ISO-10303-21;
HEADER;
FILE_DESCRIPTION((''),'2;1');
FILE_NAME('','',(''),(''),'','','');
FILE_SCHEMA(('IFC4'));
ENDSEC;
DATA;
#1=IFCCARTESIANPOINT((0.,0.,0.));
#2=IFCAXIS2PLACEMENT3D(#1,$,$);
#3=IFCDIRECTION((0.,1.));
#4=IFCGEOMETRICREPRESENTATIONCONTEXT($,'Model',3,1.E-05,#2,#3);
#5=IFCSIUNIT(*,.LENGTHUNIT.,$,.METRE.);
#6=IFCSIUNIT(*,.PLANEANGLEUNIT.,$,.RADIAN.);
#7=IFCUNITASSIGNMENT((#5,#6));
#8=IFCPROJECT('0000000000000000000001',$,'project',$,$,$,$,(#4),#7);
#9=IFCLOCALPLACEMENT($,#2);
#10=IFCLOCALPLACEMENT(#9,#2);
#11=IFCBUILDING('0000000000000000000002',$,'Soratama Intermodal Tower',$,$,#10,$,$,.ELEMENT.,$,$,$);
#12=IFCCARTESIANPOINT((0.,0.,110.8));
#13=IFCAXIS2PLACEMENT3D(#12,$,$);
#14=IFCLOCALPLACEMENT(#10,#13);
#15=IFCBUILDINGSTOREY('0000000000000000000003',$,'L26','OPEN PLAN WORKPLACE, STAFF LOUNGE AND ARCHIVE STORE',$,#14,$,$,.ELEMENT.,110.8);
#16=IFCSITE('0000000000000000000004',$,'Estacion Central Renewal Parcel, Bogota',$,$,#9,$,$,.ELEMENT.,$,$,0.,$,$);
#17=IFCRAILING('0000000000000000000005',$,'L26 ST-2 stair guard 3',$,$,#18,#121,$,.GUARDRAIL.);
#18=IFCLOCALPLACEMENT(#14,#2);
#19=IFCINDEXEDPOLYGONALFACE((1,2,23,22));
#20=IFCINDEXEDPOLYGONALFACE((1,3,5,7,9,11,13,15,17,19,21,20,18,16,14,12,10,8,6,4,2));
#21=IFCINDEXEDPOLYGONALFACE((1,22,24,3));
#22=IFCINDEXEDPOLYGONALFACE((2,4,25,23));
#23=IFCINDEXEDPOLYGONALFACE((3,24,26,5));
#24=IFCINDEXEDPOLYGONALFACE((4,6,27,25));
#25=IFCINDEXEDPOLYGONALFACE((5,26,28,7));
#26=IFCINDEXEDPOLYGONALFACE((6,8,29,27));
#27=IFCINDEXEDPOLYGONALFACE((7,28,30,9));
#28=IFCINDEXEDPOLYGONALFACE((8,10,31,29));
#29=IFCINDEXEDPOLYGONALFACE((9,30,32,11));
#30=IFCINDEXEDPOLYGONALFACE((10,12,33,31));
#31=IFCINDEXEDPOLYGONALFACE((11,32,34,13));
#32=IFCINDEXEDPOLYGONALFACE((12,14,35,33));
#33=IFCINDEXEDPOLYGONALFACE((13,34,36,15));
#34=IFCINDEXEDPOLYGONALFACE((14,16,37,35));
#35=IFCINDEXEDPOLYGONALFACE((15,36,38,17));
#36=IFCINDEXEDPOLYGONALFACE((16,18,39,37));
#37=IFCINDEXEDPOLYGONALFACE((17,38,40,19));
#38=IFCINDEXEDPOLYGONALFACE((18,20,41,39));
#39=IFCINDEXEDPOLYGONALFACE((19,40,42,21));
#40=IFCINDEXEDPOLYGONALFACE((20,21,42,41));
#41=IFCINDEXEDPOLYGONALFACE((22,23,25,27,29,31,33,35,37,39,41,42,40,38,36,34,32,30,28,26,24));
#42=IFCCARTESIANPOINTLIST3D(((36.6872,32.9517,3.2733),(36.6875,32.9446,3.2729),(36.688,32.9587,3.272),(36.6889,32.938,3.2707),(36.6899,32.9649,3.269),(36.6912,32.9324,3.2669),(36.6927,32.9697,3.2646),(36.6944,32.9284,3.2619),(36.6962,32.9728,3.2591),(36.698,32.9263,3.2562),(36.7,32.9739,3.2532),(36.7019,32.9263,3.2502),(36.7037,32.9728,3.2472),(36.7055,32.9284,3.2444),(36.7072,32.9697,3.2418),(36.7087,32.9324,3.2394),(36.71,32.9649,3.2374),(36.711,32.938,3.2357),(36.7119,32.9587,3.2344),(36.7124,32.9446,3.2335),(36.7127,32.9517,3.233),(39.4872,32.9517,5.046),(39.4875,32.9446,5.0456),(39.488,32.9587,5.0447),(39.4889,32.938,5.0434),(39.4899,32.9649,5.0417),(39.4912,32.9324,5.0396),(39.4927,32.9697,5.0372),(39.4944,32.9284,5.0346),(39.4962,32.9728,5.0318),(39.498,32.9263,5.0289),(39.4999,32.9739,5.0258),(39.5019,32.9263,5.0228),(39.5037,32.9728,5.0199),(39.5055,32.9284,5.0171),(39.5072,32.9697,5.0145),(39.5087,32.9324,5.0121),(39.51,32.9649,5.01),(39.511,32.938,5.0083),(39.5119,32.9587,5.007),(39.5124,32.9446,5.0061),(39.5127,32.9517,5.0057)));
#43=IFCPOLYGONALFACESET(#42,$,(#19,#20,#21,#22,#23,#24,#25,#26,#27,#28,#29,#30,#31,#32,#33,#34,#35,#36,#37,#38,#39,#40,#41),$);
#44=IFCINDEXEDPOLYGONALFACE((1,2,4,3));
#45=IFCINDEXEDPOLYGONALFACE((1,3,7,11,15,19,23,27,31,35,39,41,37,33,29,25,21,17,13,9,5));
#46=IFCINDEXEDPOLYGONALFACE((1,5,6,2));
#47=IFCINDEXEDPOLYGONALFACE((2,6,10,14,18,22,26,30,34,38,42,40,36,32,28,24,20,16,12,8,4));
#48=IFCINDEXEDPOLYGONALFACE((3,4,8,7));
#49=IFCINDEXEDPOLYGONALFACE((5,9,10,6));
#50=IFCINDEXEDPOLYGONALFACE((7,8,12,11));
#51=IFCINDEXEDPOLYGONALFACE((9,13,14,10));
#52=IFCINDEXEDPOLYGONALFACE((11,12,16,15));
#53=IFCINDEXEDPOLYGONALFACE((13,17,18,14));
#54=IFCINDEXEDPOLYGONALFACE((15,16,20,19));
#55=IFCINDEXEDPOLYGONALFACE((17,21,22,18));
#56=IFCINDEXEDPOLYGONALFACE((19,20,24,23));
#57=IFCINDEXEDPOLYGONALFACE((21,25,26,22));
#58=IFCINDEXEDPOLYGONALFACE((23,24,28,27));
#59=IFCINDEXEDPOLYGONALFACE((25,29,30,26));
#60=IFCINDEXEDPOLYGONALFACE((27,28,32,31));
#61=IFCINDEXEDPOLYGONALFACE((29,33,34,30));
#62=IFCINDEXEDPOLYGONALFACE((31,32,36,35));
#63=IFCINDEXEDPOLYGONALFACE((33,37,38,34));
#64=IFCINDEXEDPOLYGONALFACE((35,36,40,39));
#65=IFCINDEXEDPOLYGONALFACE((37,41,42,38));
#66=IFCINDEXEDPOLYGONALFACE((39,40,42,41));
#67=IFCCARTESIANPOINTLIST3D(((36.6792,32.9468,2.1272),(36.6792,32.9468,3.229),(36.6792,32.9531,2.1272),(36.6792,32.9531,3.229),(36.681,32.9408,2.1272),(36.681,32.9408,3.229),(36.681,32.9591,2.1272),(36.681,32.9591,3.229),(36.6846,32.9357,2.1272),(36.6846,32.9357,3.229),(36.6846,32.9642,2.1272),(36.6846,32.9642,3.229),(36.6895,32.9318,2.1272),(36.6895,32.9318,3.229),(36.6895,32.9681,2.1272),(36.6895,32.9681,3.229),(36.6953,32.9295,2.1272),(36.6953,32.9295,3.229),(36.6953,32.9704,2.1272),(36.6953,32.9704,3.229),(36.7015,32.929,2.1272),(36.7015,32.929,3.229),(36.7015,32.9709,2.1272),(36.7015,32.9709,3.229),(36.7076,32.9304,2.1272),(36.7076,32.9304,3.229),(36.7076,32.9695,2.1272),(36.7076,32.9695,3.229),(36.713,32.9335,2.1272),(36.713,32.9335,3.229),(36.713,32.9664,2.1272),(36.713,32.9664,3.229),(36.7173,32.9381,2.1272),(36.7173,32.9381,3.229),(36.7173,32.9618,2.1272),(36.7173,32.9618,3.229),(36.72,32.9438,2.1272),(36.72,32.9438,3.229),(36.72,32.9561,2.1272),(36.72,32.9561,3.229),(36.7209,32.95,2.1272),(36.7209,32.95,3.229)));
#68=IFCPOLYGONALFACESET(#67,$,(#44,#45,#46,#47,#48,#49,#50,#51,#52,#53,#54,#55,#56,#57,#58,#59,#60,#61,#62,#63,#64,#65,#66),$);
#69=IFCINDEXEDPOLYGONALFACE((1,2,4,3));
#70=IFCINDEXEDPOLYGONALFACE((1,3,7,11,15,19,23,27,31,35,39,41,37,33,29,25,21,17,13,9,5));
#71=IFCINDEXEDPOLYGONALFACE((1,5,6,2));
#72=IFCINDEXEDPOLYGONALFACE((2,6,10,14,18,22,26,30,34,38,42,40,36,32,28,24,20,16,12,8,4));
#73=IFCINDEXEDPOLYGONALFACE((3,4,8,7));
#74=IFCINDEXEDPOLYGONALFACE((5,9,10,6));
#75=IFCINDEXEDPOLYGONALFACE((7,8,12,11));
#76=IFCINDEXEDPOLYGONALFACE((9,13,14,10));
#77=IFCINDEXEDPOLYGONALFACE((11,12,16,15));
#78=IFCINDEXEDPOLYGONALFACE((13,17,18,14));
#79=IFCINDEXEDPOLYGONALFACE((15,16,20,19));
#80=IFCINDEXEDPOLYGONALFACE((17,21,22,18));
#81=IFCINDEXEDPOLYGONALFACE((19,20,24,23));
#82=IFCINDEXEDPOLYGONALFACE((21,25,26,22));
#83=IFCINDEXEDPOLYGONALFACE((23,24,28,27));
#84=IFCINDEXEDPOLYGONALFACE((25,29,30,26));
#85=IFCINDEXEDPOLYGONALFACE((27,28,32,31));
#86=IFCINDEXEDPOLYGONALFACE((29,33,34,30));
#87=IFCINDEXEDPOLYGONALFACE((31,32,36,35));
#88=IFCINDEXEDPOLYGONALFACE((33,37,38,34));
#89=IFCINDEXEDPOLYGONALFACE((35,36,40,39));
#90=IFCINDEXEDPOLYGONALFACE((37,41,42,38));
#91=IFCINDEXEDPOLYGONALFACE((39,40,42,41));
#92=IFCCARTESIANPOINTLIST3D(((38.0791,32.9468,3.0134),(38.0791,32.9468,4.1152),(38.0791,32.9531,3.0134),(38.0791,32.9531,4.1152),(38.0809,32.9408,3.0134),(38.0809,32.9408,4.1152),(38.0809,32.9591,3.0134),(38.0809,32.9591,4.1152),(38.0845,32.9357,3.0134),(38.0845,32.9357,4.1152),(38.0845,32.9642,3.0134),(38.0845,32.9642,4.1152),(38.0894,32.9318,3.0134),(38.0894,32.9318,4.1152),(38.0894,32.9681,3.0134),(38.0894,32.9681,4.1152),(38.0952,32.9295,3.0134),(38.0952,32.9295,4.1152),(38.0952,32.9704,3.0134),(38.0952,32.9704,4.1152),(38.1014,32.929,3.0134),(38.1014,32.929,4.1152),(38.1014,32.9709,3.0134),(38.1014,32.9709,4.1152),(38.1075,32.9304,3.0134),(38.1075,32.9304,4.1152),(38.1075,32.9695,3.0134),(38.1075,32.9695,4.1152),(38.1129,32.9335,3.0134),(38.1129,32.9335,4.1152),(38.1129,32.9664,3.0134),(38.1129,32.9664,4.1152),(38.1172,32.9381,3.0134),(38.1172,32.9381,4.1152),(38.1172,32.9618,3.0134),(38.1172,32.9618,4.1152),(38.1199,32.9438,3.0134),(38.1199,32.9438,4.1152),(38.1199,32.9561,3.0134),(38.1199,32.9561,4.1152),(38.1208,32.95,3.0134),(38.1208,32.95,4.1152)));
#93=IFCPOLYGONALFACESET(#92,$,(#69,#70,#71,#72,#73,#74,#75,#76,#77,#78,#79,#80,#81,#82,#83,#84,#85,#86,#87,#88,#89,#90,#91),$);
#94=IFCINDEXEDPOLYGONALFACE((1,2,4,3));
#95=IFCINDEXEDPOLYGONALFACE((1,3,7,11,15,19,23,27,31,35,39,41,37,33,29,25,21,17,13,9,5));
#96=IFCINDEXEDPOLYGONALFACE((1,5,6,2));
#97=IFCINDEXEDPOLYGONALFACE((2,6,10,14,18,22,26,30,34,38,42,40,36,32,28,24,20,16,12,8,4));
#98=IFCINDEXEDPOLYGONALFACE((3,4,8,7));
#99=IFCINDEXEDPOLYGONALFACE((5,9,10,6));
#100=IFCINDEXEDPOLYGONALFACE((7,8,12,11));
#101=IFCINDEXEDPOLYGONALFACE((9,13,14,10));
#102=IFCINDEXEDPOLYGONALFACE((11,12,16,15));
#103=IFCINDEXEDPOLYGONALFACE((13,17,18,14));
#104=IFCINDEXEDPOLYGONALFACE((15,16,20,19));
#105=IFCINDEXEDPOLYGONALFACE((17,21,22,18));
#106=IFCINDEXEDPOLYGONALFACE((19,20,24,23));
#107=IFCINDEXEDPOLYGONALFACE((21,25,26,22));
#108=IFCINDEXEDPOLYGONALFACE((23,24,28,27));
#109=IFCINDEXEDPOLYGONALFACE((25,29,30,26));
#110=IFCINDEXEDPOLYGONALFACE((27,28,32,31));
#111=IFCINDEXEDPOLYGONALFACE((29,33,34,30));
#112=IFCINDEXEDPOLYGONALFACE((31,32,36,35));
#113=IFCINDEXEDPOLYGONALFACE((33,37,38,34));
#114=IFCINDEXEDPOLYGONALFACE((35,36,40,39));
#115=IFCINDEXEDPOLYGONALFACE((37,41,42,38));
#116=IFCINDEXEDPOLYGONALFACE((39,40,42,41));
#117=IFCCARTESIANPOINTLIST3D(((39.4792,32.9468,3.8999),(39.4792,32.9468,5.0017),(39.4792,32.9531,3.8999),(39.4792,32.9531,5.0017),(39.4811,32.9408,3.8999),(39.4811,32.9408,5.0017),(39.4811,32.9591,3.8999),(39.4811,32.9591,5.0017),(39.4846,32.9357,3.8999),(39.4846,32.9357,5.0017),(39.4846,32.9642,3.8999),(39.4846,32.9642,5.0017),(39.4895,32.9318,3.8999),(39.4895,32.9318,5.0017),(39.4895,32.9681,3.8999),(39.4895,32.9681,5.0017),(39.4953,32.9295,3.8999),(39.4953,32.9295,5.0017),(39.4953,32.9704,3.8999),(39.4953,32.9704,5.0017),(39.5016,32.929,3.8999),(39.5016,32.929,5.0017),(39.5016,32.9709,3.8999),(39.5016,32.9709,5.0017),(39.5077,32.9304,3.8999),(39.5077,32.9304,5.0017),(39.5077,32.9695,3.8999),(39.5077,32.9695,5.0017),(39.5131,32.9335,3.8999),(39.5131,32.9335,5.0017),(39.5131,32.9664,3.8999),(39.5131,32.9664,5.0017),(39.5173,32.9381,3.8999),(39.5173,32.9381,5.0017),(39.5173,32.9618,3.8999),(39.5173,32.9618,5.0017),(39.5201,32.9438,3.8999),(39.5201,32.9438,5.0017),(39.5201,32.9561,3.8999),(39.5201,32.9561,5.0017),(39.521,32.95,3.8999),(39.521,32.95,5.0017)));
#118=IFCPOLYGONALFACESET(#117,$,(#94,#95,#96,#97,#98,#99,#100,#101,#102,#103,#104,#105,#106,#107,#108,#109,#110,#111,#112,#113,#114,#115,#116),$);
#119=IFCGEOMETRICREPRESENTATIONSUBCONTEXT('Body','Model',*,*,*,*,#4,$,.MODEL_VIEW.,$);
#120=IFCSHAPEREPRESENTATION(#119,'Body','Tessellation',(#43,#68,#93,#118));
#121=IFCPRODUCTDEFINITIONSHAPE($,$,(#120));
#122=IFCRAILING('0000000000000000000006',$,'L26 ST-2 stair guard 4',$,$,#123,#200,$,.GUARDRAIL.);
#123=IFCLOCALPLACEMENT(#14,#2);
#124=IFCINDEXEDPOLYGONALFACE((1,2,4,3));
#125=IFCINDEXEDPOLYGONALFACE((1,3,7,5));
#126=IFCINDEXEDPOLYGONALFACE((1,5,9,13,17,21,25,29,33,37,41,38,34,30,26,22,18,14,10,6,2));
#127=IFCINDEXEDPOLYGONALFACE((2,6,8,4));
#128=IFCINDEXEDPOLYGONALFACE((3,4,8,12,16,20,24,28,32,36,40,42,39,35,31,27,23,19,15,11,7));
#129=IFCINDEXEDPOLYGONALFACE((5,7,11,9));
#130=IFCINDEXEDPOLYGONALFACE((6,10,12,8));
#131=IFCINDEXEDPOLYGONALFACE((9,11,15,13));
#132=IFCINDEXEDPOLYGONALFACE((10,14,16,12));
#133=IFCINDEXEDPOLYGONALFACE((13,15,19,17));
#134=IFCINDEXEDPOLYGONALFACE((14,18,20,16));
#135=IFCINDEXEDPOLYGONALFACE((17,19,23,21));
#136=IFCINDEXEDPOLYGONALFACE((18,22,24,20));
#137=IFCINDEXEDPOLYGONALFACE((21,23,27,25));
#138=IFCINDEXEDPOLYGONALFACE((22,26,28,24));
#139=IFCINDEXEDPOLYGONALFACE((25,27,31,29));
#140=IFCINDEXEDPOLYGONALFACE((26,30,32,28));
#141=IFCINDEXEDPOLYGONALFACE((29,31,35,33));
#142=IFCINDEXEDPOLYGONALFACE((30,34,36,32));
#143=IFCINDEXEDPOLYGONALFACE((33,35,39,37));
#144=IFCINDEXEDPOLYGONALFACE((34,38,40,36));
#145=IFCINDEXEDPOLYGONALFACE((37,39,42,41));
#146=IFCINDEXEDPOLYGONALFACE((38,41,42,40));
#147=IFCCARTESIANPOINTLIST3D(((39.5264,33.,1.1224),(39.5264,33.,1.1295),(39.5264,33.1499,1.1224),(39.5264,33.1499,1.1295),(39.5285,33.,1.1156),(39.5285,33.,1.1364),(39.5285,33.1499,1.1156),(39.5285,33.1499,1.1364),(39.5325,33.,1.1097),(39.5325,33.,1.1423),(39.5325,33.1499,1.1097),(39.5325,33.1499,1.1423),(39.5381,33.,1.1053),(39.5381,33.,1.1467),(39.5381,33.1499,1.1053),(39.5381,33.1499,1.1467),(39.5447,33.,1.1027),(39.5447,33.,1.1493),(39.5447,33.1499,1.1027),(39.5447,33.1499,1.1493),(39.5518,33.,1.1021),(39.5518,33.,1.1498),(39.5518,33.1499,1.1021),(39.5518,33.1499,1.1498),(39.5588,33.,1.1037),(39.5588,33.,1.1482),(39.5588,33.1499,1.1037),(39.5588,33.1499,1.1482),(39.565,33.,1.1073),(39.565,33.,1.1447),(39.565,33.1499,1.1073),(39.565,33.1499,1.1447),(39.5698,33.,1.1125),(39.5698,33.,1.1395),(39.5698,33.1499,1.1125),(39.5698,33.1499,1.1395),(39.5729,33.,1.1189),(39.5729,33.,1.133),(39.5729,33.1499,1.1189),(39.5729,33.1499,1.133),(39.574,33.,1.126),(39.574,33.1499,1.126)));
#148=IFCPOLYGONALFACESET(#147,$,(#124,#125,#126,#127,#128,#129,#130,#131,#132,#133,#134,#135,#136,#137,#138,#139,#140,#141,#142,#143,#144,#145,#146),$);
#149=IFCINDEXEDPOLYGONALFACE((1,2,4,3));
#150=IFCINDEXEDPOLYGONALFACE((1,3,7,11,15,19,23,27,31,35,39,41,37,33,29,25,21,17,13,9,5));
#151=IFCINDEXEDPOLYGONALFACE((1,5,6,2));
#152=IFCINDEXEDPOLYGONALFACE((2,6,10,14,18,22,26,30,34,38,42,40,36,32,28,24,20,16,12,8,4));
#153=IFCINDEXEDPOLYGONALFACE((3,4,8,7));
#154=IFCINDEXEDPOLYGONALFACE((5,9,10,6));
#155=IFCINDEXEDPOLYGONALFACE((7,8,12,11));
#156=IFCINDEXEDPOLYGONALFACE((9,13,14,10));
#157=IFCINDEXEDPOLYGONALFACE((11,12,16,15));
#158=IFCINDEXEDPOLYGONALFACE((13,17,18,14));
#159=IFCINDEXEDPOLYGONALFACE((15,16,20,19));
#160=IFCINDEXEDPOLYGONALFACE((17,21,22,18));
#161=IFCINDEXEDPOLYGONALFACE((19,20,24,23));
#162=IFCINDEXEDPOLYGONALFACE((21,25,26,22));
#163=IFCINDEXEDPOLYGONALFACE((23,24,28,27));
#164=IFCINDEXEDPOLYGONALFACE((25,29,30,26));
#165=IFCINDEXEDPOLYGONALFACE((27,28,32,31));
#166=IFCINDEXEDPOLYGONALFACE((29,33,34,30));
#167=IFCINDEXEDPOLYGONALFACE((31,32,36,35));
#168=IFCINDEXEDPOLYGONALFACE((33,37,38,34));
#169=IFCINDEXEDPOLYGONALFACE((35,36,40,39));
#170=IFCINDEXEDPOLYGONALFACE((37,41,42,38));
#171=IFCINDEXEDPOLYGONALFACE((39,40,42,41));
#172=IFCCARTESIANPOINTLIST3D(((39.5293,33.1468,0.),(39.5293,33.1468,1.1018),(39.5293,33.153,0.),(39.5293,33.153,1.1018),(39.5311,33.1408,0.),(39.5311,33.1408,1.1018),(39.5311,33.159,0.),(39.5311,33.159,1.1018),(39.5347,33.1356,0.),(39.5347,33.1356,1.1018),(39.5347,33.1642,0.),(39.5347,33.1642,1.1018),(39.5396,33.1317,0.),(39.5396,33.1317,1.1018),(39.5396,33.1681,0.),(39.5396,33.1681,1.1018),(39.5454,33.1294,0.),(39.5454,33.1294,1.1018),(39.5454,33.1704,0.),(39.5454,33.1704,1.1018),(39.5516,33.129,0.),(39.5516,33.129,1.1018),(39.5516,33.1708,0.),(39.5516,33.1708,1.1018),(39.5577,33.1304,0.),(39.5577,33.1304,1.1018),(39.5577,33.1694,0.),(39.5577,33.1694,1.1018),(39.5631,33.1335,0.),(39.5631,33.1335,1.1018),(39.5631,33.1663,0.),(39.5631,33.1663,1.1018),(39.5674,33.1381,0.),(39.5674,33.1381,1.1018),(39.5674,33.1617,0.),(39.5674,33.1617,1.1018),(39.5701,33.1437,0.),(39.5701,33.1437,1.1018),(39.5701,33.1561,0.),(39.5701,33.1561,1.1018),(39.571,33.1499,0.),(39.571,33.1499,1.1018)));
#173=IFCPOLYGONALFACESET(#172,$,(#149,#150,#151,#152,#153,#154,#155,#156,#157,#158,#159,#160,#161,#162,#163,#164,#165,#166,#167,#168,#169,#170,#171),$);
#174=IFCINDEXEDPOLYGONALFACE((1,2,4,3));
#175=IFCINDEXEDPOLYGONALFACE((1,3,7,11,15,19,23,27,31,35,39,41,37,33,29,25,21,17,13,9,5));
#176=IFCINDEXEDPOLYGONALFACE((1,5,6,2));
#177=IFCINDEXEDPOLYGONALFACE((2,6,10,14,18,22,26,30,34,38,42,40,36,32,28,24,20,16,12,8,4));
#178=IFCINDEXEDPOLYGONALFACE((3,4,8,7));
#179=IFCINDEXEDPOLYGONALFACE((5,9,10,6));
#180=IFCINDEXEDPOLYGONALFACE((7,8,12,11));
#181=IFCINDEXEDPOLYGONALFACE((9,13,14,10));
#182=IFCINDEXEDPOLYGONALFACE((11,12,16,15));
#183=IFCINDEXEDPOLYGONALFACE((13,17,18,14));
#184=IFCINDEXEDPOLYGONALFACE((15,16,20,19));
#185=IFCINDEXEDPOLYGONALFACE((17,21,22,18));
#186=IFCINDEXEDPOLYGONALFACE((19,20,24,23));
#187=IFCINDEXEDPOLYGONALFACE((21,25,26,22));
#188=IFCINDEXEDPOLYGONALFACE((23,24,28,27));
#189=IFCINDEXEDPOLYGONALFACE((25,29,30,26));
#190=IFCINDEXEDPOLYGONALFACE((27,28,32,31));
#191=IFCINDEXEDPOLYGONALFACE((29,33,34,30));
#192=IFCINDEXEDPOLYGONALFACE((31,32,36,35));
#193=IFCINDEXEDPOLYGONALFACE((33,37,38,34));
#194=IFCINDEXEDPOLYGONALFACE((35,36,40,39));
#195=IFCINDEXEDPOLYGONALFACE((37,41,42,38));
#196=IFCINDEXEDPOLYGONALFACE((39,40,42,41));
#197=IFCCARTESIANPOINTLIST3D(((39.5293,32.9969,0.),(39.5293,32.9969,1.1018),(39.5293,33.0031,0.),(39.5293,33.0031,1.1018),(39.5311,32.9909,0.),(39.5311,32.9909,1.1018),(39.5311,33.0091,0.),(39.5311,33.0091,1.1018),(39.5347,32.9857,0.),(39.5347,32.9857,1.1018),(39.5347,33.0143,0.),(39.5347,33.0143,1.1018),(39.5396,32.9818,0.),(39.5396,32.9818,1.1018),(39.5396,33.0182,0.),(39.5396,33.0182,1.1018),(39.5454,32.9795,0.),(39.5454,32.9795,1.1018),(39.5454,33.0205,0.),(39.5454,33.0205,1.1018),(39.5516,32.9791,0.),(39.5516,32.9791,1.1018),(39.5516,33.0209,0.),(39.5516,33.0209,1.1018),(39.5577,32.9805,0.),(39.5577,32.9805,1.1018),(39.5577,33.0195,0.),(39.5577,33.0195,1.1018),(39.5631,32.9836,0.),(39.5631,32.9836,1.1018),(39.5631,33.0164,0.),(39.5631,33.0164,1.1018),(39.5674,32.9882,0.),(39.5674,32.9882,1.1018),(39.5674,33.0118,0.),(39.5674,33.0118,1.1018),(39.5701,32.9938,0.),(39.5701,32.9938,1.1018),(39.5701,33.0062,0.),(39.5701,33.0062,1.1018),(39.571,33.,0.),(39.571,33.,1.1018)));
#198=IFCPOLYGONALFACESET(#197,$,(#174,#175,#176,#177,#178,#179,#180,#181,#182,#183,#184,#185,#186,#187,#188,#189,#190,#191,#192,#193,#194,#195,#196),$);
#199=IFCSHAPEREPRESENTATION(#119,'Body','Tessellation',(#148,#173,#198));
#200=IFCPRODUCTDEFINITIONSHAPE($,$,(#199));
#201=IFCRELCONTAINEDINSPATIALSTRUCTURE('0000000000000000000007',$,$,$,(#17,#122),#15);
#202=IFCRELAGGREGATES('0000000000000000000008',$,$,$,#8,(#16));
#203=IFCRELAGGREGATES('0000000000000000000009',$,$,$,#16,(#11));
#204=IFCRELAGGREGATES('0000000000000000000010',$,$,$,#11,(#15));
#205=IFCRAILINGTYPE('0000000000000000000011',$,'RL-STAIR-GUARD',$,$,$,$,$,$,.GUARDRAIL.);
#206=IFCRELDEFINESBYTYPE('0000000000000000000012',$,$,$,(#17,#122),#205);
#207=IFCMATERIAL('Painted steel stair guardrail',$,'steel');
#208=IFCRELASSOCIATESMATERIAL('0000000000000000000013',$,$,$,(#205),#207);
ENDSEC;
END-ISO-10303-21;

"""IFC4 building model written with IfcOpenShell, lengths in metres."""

from ifc_helpers import new_model, si_unit, direction, frame, origin, origin_2d, place, context, subcontext, project, spatial, circle, extrude, material, type_object, element, save


model = new_model("IFC4")

# Units and contexts
model_context = context("Model", 3, precision=1e-05, world=origin(), true_north=direction((0.0, 1.0)))
body_context = subcontext(model_context, "Body", "Model", "MODEL_VIEW")
ifc_project = project(units=[si_unit("LENGTHUNIT", "METRE"), si_unit("PLANEANGLEUNIT", "RADIAN")], contexts=[model_context])

# Site, building, storey
site_placement = place(None, origin())
site = spatial("IfcSite", under=ifc_project, at=site_placement, Name="Estacion Central Renewal Parcel, Bogota", CompositionType="ELEMENT", RefElevation=0.0)
building_placement = place(site_placement, origin())
building = spatial("IfcBuilding", under=site, at=building_placement, Name="Soratama Intermodal Tower", CompositionType="ELEMENT")
storey_placement = place(building_placement, frame((0.0, 0.0, 110.8)))
storey = spatial("IfcBuildingStorey", under=building, at=storey_placement, Name="L26", Description="OPEN PLAN WORKPLACE, STAFF LOUNGE AND ARCHIVE STORE", CompositionType="ELEMENT", Elevation=110.8)

# Railings
ifc_material_1 = material(Name="Painted steel stair guardrail", Category="steel")
railing_type_1 = type_object("IfcRailingType", Name="RL-STAIR-GUARD", PredefinedType="GUARDRAIL", material=ifc_material_1)
railing_1_placement = place(storey_placement, frame((36.7, 32.95, 2.1272)))
element("IfcRailing", 1, at=railing_1_placement, inside=storey, type_object=railing_type_1, Name="L26 ST-2 stair guard 3", PredefinedType="GUARDRAIL", context=body_context, shape_type="SweptSolid", body=[
    extrude(circle(Radius=0.0239, at=origin_2d()), frame((0.0, 0.0, 1.126), z_axis=(0.844909, 0.0, 0.53491), x_axis=(0.0, 1.0, 0.0)), (0.0, 0.0, 1.0), 3.314),
    extrude(circle(Radius=0.021, at=origin_2d()), origin(), (0.0, 0.0, 1.0), 1.1018),
    extrude(circle(Radius=0.021, at=origin_2d()), frame((1.3999, 0.0, 0.8862)), (0.0, 0.0, 1.0), 1.1018),
    extrude(circle(Radius=0.021, at=origin_2d()), frame((2.8, 0.0, 1.7727)), (0.0, 0.0, 1.0), 1.1018),
])
railing_2_placement = place(storey_placement, frame((39.55, 33.1499, 0.0)))
element("IfcRailing", 2, at=railing_2_placement, inside=storey, type_object=railing_type_1, Name="L26 ST-2 stair guard 4", PredefinedType="GUARDRAIL", context=body_context, shape_type="SweptSolid", body=[
    extrude(circle(Radius=0.0239, at=origin_2d()), frame((0.0, 0.0, 1.126), z_axis=(0.0, -1.0, 0.0), x_axis=(1.0, 0.0, 0.0)), (0.0, 0.0, 1.0), 0.1499),
    extrude(circle(Radius=0.021, at=origin_2d()), origin(), (0.0, 0.0, 1.0), 1.1018),
    extrude(circle(Radius=0.021, at=origin_2d()), frame((0.0, -0.1499, 0.0)), (0.0, 0.0, 1.0), 1.1018),
])

save(model, "model.ifc")
